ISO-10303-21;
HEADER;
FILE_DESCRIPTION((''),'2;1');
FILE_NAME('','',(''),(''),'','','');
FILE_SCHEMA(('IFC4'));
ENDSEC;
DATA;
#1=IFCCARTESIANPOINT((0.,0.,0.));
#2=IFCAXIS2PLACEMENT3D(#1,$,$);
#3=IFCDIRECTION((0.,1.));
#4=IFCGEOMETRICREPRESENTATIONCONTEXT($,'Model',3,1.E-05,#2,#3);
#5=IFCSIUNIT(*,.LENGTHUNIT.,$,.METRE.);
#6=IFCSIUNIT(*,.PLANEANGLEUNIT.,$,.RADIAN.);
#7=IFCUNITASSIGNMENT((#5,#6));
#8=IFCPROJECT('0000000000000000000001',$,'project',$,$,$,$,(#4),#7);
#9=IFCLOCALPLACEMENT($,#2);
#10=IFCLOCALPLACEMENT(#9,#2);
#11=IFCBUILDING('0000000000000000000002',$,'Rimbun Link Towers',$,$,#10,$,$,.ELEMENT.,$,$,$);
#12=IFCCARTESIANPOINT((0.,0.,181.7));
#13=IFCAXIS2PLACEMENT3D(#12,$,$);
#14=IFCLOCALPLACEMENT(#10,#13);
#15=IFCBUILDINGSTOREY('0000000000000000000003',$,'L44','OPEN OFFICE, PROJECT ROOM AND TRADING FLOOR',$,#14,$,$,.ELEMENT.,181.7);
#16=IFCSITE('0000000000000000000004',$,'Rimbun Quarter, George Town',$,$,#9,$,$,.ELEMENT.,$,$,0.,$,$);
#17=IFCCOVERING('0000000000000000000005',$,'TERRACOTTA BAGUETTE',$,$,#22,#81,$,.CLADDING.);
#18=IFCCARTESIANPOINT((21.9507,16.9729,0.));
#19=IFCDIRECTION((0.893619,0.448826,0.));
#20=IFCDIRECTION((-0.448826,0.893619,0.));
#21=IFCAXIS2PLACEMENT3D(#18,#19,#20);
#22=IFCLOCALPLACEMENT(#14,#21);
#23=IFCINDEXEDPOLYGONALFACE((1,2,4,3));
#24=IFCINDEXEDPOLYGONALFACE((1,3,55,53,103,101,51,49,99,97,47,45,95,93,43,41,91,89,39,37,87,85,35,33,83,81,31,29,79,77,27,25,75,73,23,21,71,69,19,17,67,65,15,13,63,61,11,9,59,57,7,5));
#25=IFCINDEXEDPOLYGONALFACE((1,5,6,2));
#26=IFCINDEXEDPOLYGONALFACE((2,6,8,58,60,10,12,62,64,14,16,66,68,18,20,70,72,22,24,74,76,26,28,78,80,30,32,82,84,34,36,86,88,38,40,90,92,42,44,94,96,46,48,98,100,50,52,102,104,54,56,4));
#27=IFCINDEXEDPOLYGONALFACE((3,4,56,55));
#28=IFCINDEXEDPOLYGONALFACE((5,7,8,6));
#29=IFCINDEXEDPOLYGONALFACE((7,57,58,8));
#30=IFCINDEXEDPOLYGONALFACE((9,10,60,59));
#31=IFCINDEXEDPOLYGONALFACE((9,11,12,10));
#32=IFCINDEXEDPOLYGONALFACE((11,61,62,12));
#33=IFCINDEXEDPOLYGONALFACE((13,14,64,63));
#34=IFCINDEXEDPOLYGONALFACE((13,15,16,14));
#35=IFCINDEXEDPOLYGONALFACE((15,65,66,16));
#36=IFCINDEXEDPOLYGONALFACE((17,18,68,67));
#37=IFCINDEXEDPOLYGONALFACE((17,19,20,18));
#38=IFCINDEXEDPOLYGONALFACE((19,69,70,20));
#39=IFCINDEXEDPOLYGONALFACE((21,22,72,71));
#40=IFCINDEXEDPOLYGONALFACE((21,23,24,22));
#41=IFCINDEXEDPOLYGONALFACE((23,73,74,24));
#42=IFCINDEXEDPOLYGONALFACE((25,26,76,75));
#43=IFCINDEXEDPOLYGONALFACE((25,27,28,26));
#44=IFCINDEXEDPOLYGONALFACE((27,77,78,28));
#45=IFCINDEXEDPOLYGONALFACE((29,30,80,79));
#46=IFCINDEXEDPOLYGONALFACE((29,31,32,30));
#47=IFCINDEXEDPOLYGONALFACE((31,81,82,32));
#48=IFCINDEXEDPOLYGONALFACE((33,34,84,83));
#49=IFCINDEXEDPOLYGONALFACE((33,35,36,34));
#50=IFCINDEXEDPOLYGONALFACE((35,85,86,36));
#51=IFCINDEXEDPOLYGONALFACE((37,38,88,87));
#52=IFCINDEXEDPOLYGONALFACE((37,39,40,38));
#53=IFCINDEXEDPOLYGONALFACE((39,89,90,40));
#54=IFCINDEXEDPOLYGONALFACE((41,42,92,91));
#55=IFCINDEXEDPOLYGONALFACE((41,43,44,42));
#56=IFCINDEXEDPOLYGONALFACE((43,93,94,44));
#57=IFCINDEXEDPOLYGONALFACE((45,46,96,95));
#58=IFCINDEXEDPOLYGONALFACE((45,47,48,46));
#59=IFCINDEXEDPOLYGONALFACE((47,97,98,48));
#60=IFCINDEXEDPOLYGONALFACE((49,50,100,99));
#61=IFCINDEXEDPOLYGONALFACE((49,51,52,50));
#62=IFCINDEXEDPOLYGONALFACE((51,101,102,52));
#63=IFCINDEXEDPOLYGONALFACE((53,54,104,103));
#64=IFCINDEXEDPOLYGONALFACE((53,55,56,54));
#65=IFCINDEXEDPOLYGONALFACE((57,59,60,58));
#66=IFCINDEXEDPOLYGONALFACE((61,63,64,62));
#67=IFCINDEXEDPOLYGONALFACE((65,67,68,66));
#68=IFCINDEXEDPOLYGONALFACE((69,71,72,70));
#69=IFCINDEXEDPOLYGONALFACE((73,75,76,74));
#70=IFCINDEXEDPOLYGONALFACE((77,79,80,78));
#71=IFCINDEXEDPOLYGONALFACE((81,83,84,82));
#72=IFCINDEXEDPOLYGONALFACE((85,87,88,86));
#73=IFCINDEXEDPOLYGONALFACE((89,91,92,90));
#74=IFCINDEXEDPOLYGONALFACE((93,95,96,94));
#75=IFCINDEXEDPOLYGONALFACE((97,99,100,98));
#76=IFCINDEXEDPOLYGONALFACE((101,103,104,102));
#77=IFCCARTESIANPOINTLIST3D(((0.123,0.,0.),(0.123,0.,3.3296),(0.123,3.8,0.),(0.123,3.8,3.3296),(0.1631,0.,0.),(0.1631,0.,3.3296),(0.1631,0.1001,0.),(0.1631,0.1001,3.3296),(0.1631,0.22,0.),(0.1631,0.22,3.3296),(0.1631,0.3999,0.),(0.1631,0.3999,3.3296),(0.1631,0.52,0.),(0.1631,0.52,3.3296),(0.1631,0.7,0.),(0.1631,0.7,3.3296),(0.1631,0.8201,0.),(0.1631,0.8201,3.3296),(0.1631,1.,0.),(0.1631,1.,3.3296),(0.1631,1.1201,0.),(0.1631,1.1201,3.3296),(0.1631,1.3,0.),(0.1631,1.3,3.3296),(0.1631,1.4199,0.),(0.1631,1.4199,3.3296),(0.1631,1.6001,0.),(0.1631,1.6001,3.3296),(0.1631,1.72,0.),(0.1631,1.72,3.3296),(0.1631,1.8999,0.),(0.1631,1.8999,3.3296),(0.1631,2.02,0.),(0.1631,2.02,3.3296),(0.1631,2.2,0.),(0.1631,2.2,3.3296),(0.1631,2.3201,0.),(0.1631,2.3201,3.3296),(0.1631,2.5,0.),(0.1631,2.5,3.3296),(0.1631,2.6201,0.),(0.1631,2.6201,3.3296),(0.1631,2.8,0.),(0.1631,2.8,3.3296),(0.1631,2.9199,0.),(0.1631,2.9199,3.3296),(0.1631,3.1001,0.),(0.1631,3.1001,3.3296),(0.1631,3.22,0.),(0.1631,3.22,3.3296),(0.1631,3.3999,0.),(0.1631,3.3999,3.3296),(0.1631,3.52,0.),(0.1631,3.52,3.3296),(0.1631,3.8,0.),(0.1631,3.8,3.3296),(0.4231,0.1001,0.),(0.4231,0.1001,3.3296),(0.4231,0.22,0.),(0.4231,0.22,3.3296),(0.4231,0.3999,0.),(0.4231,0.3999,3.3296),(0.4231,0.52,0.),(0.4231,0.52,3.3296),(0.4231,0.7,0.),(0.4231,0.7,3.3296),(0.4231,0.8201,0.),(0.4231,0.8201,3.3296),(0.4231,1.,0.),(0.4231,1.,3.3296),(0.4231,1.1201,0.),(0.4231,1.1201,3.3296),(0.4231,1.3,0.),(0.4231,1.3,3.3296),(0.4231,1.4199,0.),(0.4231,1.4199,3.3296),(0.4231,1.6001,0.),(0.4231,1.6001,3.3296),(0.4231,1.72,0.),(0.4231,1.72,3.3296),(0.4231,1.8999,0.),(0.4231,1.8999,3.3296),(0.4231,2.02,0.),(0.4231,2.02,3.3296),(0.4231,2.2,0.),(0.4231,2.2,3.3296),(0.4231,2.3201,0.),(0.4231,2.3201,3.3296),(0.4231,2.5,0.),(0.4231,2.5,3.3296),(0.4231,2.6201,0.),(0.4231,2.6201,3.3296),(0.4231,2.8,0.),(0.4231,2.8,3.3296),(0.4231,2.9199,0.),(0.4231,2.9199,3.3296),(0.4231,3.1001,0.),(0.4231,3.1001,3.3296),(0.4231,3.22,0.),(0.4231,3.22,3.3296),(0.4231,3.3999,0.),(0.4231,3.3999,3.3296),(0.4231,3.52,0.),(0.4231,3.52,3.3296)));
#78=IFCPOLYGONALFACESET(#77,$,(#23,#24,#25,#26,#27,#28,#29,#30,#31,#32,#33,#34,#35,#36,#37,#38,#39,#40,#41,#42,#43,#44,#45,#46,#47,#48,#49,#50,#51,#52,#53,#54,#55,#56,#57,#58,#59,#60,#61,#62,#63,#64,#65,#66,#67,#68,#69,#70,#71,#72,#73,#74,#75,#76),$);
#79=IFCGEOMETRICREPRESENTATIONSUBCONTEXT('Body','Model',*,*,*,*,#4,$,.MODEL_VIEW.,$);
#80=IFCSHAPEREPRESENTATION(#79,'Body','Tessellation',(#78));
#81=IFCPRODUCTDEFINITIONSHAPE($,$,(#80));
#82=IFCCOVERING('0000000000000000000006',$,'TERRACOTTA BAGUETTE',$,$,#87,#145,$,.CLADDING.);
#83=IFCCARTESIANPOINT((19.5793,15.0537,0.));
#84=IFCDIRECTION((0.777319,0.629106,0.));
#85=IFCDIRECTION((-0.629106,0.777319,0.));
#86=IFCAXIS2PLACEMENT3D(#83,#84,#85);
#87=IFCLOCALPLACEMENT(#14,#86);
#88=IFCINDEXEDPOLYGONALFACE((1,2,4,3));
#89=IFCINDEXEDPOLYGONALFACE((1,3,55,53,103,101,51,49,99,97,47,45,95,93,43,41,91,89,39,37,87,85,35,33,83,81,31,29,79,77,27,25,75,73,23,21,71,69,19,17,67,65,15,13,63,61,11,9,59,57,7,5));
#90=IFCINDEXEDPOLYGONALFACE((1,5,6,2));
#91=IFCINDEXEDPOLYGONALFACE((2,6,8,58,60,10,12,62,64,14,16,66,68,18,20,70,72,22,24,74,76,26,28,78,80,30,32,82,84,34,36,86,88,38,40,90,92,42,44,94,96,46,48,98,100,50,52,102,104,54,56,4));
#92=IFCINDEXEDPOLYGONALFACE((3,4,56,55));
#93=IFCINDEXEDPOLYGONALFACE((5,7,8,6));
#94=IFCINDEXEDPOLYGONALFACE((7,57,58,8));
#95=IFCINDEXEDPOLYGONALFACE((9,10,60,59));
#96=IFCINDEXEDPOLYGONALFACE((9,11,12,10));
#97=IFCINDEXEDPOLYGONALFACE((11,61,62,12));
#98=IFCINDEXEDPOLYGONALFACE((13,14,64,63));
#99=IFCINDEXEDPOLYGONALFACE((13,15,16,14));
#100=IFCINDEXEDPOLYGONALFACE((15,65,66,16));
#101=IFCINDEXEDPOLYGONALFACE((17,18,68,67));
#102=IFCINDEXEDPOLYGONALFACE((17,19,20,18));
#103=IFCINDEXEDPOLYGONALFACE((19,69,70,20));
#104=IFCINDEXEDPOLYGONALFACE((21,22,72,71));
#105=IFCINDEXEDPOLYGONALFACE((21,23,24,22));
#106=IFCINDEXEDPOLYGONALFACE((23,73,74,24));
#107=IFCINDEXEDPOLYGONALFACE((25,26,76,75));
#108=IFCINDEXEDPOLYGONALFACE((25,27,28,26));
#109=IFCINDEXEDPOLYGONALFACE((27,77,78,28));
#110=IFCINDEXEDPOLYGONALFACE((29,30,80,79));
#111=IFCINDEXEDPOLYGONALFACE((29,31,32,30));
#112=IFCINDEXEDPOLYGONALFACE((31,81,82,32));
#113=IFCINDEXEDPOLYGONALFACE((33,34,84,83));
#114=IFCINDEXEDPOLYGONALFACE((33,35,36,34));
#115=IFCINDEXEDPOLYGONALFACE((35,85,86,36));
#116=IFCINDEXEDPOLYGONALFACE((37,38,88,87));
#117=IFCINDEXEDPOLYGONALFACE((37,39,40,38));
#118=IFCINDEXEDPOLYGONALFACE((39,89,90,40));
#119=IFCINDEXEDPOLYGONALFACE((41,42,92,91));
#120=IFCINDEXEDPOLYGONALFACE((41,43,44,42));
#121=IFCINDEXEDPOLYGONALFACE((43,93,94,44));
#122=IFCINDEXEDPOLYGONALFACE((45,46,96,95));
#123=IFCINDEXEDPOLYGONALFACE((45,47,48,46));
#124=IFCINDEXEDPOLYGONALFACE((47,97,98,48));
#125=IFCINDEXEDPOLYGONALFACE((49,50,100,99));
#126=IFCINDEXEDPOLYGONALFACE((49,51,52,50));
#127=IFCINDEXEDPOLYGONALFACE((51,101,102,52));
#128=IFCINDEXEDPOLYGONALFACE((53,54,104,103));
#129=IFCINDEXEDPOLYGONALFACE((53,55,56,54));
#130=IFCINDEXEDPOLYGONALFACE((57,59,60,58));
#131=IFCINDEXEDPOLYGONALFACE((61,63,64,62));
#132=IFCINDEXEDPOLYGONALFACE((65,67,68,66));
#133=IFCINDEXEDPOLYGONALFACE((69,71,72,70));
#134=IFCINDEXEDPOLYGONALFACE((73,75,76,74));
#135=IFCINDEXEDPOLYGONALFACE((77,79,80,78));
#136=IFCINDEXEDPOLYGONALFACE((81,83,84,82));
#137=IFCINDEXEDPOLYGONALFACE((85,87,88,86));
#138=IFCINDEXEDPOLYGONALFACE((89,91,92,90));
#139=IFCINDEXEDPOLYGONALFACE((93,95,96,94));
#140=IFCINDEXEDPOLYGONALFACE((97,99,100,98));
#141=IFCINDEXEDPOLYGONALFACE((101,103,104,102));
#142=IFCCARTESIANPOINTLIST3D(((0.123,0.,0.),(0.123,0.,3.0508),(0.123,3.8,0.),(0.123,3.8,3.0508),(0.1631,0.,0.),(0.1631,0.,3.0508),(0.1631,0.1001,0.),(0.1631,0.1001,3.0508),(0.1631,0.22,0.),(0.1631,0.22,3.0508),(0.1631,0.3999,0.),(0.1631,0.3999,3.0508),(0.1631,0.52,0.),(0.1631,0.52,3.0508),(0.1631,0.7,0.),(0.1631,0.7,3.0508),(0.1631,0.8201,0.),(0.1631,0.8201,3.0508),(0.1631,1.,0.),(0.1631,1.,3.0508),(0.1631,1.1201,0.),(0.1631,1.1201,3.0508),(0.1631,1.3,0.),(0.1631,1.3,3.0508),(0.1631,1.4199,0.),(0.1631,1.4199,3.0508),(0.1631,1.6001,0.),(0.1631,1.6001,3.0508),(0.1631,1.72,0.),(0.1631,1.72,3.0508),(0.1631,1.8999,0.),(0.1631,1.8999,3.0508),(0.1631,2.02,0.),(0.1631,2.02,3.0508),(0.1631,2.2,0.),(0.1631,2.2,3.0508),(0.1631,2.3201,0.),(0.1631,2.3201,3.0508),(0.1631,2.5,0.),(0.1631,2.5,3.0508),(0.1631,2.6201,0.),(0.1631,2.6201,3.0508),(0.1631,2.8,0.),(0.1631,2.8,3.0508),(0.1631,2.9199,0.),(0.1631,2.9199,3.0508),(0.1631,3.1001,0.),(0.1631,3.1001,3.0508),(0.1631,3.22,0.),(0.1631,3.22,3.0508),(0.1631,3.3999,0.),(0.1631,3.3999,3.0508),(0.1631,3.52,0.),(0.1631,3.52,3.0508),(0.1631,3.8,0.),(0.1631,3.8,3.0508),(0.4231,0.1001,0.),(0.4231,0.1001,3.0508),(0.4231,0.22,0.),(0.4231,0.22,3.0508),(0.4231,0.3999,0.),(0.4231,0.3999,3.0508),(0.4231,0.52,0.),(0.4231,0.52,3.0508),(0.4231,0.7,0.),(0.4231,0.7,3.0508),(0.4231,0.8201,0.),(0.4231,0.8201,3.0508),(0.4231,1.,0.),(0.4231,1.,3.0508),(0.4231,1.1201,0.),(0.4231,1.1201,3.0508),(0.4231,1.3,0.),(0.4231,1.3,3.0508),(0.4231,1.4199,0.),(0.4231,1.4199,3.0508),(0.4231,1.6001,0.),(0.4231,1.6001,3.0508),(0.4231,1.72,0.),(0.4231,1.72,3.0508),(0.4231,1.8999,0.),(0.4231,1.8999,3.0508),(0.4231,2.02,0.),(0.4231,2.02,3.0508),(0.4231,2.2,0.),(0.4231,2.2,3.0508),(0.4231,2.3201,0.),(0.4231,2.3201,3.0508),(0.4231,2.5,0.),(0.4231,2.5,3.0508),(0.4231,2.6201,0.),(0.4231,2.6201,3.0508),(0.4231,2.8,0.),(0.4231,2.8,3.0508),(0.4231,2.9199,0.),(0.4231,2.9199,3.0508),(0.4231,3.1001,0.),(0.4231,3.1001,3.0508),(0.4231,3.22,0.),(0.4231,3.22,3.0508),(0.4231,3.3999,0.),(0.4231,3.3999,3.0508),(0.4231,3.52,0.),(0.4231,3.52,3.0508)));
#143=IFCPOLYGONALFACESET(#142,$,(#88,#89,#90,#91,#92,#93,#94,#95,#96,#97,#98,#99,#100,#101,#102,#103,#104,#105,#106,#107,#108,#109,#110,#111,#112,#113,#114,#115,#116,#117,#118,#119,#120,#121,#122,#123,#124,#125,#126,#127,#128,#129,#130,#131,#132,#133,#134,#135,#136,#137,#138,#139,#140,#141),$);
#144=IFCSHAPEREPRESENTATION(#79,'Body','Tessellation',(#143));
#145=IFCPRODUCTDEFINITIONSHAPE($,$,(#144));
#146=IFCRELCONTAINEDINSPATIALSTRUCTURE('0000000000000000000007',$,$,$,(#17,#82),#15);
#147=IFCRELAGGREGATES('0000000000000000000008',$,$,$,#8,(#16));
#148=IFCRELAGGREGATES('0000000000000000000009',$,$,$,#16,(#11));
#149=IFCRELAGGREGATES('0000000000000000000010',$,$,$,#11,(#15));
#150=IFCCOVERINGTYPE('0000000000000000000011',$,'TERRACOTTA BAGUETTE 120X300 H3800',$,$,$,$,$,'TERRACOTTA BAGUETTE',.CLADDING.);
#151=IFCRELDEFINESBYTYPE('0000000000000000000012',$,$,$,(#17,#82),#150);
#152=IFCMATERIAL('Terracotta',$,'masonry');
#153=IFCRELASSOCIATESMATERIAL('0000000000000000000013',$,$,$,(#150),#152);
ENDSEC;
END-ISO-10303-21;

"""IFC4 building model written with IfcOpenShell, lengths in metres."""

from ifc_helpers import new_model, si_unit, direction, frame, origin, place, context, subcontext, project, spatial, polyline, outline, extrude, material, material_profile, profile_set, type_object, element, save


model = new_model("IFC4")

# Units and contexts
model_context = context("Model", 3, precision=1e-05, world=origin(), true_north=direction((0.0, 1.0)))
body_context = subcontext(model_context, "Body", "Model", "MODEL_VIEW")
ifc_project = project(units=[si_unit("LENGTHUNIT", "METRE"), si_unit("PLANEANGLEUNIT", "RADIAN")], contexts=[model_context])

# Site, building, storey
site_placement = place(None, origin())
site = spatial("IfcSite", under=ifc_project, at=site_placement, Name="Rimbun Quarter, George Town", CompositionType="ELEMENT", RefElevation=0.0)
building_placement = place(site_placement, origin())
building = spatial("IfcBuilding", under=site, at=building_placement, Name="Rimbun Link Towers", CompositionType="ELEMENT")
storey_placement = place(building_placement, frame((0.0, 0.0, 181.7)))
storey = spatial("IfcBuildingStorey", under=building, at=storey_placement, Name="L44", Description="OPEN OFFICE, PROJECT ROOM AND TRADING FLOOR", CompositionType="ELEMENT", Elevation=181.7)

# Coverings
ifc_material_1 = material(Name="Terracotta", Category="masonry")
ifc_material_profile_1 = material_profile(ifc_material_1, outline(polyline([(0.123, 0.0), (0.1631, 0.0), (0.1631, 0.1001), (0.4231, 0.1001), (0.4231, 0.22), (0.1631, 0.22), (0.1631, 0.3999), (0.4231, 0.3999), (0.4231, 0.52), (0.1631, 0.52), (0.1631, 0.7), (0.4231, 0.7), (0.4231, 0.8201), (0.1631, 0.8201), (0.1631, 1.0), (0.4231, 1.0), (0.4231, 1.1201), (0.1631, 1.1201), (0.1631, 1.3), (0.4231, 1.3), (0.4231, 1.4199), (0.1631, 1.4199), (0.1631, 1.6001), (0.4231, 1.6001), (0.4231, 1.72), (0.1631, 1.72), (0.1631, 1.8999), (0.4231, 1.8999), (0.4231, 2.02), (0.1631, 2.02), (0.1631, 2.2), (0.4231, 2.2), (0.4231, 2.3201), (0.1631, 2.3201), (0.1631, 2.5), (0.4231, 2.5), (0.4231, 2.6201), (0.1631, 2.6201), (0.1631, 2.8), (0.4231, 2.8), (0.4231, 2.9199), (0.1631, 2.9199), (0.1631, 3.1001), (0.4231, 3.1001), (0.4231, 3.22), (0.1631, 3.22), (0.1631, 3.3999), (0.4231, 3.3999), (0.4231, 3.52), (0.1631, 3.52), (0.1631, 3.8), (0.123, 3.8), (0.123, 0.0)])), Name="BAGUETTE 120X300")
ifc_profile_set_1 = profile_set([ifc_material_profile_1], Name="Terracotta")
covering_type = type_object("IfcCoveringType", Name="TERRACOTTA BAGUETTE 120X300 H3800", ElementType="TERRACOTTA BAGUETTE", PredefinedType="CLADDING", material=ifc_profile_set_1)
covering_1_placement = place(storey_placement, frame((21.9507, 16.9729, 0.0), z_axis=(0.893619, 0.448826, 0.0), x_axis=(-0.448826, 0.893619, 0.0)))
element("IfcCovering", 1, at=covering_1_placement, inside=storey, type_object=covering_type, Name="TERRACOTTA BAGUETTE", PredefinedType="CLADDING", context=body_context, shape_type="SweptSolid", body=[
    extrude(outline(polyline([(0.123, 0.0), (0.1631, 0.0), (0.1631, 0.1001), (0.4231, 0.1001), (0.4231, 0.22), (0.1631, 0.22), (0.1631, 0.3999), (0.4231, 0.3999), (0.4231, 0.52), (0.1631, 0.52), (0.1631, 0.7), (0.4231, 0.7), (0.4231, 0.8201), (0.1631, 0.8201), (0.1631, 1.0), (0.4231, 1.0), (0.4231, 1.1201), (0.1631, 1.1201), (0.1631, 1.3), (0.4231, 1.3), (0.4231, 1.4199), (0.1631, 1.4199), (0.1631, 1.6001), (0.4231, 1.6001), (0.4231, 1.72), (0.1631, 1.72), (0.1631, 1.8999), (0.4231, 1.8999), (0.4231, 2.02), (0.1631, 2.02), (0.1631, 2.2), (0.4231, 2.2), (0.4231, 2.3201), (0.1631, 2.3201), (0.1631, 2.5), (0.4231, 2.5), (0.4231, 2.6201), (0.1631, 2.6201), (0.1631, 2.8), (0.4231, 2.8), (0.4231, 2.9199), (0.1631, 2.9199), (0.1631, 3.1001), (0.4231, 3.1001), (0.4231, 3.22), (0.1631, 3.22), (0.1631, 3.3999), (0.4231, 3.3999), (0.4231, 3.52), (0.1631, 3.52), (0.1631, 3.8), (0.123, 3.8), (0.123, 0.0)])), origin(), (0.0, 0.0, 1.0), 3.3296),
])
covering_2_placement = place(storey_placement, frame((19.5793, 15.0537, 0.0), z_axis=(0.777319, 0.629106, 0.0), x_axis=(-0.629106, 0.777319, 0.0)))
element("IfcCovering", 2, at=covering_2_placement, inside=storey, type_object=covering_type, Name="TERRACOTTA BAGUETTE", PredefinedType="CLADDING", context=body_context, shape_type="SweptSolid", body=[
    extrude(outline(polyline([(0.123, 0.0), (0.1631, 0.0), (0.1631, 0.1001), (0.4231, 0.1001), (0.4231, 0.22), (0.1631, 0.22), (0.1631, 0.3999), (0.4231, 0.3999), (0.4231, 0.52), (0.1631, 0.52), (0.1631, 0.7), (0.4231, 0.7), (0.4231, 0.8201), (0.1631, 0.8201), (0.1631, 1.0), (0.4231, 1.0), (0.4231, 1.1201), (0.1631, 1.1201), (0.1631, 1.3), (0.4231, 1.3), (0.4231, 1.4199), (0.1631, 1.4199), (0.1631, 1.6001), (0.4231, 1.6001), (0.4231, 1.72), (0.1631, 1.72), (0.1631, 1.8999), (0.4231, 1.8999), (0.4231, 2.02), (0.1631, 2.02), (0.1631, 2.2), (0.4231, 2.2), (0.4231, 2.3201), (0.1631, 2.3201), (0.1631, 2.5), (0.4231, 2.5), (0.4231, 2.6201), (0.1631, 2.6201), (0.1631, 2.8), (0.4231, 2.8), (0.4231, 2.9199), (0.1631, 2.9199), (0.1631, 3.1001), (0.4231, 3.1001), (0.4231, 3.22), (0.1631, 3.22), (0.1631, 3.3999), (0.4231, 3.3999), (0.4231, 3.52), (0.1631, 3.52), (0.1631, 3.8), (0.123, 3.8), (0.123, 0.0)])), origin(), (0.0, 0.0, 1.0), 3.0508),
])

save(model, "model.ifc")
